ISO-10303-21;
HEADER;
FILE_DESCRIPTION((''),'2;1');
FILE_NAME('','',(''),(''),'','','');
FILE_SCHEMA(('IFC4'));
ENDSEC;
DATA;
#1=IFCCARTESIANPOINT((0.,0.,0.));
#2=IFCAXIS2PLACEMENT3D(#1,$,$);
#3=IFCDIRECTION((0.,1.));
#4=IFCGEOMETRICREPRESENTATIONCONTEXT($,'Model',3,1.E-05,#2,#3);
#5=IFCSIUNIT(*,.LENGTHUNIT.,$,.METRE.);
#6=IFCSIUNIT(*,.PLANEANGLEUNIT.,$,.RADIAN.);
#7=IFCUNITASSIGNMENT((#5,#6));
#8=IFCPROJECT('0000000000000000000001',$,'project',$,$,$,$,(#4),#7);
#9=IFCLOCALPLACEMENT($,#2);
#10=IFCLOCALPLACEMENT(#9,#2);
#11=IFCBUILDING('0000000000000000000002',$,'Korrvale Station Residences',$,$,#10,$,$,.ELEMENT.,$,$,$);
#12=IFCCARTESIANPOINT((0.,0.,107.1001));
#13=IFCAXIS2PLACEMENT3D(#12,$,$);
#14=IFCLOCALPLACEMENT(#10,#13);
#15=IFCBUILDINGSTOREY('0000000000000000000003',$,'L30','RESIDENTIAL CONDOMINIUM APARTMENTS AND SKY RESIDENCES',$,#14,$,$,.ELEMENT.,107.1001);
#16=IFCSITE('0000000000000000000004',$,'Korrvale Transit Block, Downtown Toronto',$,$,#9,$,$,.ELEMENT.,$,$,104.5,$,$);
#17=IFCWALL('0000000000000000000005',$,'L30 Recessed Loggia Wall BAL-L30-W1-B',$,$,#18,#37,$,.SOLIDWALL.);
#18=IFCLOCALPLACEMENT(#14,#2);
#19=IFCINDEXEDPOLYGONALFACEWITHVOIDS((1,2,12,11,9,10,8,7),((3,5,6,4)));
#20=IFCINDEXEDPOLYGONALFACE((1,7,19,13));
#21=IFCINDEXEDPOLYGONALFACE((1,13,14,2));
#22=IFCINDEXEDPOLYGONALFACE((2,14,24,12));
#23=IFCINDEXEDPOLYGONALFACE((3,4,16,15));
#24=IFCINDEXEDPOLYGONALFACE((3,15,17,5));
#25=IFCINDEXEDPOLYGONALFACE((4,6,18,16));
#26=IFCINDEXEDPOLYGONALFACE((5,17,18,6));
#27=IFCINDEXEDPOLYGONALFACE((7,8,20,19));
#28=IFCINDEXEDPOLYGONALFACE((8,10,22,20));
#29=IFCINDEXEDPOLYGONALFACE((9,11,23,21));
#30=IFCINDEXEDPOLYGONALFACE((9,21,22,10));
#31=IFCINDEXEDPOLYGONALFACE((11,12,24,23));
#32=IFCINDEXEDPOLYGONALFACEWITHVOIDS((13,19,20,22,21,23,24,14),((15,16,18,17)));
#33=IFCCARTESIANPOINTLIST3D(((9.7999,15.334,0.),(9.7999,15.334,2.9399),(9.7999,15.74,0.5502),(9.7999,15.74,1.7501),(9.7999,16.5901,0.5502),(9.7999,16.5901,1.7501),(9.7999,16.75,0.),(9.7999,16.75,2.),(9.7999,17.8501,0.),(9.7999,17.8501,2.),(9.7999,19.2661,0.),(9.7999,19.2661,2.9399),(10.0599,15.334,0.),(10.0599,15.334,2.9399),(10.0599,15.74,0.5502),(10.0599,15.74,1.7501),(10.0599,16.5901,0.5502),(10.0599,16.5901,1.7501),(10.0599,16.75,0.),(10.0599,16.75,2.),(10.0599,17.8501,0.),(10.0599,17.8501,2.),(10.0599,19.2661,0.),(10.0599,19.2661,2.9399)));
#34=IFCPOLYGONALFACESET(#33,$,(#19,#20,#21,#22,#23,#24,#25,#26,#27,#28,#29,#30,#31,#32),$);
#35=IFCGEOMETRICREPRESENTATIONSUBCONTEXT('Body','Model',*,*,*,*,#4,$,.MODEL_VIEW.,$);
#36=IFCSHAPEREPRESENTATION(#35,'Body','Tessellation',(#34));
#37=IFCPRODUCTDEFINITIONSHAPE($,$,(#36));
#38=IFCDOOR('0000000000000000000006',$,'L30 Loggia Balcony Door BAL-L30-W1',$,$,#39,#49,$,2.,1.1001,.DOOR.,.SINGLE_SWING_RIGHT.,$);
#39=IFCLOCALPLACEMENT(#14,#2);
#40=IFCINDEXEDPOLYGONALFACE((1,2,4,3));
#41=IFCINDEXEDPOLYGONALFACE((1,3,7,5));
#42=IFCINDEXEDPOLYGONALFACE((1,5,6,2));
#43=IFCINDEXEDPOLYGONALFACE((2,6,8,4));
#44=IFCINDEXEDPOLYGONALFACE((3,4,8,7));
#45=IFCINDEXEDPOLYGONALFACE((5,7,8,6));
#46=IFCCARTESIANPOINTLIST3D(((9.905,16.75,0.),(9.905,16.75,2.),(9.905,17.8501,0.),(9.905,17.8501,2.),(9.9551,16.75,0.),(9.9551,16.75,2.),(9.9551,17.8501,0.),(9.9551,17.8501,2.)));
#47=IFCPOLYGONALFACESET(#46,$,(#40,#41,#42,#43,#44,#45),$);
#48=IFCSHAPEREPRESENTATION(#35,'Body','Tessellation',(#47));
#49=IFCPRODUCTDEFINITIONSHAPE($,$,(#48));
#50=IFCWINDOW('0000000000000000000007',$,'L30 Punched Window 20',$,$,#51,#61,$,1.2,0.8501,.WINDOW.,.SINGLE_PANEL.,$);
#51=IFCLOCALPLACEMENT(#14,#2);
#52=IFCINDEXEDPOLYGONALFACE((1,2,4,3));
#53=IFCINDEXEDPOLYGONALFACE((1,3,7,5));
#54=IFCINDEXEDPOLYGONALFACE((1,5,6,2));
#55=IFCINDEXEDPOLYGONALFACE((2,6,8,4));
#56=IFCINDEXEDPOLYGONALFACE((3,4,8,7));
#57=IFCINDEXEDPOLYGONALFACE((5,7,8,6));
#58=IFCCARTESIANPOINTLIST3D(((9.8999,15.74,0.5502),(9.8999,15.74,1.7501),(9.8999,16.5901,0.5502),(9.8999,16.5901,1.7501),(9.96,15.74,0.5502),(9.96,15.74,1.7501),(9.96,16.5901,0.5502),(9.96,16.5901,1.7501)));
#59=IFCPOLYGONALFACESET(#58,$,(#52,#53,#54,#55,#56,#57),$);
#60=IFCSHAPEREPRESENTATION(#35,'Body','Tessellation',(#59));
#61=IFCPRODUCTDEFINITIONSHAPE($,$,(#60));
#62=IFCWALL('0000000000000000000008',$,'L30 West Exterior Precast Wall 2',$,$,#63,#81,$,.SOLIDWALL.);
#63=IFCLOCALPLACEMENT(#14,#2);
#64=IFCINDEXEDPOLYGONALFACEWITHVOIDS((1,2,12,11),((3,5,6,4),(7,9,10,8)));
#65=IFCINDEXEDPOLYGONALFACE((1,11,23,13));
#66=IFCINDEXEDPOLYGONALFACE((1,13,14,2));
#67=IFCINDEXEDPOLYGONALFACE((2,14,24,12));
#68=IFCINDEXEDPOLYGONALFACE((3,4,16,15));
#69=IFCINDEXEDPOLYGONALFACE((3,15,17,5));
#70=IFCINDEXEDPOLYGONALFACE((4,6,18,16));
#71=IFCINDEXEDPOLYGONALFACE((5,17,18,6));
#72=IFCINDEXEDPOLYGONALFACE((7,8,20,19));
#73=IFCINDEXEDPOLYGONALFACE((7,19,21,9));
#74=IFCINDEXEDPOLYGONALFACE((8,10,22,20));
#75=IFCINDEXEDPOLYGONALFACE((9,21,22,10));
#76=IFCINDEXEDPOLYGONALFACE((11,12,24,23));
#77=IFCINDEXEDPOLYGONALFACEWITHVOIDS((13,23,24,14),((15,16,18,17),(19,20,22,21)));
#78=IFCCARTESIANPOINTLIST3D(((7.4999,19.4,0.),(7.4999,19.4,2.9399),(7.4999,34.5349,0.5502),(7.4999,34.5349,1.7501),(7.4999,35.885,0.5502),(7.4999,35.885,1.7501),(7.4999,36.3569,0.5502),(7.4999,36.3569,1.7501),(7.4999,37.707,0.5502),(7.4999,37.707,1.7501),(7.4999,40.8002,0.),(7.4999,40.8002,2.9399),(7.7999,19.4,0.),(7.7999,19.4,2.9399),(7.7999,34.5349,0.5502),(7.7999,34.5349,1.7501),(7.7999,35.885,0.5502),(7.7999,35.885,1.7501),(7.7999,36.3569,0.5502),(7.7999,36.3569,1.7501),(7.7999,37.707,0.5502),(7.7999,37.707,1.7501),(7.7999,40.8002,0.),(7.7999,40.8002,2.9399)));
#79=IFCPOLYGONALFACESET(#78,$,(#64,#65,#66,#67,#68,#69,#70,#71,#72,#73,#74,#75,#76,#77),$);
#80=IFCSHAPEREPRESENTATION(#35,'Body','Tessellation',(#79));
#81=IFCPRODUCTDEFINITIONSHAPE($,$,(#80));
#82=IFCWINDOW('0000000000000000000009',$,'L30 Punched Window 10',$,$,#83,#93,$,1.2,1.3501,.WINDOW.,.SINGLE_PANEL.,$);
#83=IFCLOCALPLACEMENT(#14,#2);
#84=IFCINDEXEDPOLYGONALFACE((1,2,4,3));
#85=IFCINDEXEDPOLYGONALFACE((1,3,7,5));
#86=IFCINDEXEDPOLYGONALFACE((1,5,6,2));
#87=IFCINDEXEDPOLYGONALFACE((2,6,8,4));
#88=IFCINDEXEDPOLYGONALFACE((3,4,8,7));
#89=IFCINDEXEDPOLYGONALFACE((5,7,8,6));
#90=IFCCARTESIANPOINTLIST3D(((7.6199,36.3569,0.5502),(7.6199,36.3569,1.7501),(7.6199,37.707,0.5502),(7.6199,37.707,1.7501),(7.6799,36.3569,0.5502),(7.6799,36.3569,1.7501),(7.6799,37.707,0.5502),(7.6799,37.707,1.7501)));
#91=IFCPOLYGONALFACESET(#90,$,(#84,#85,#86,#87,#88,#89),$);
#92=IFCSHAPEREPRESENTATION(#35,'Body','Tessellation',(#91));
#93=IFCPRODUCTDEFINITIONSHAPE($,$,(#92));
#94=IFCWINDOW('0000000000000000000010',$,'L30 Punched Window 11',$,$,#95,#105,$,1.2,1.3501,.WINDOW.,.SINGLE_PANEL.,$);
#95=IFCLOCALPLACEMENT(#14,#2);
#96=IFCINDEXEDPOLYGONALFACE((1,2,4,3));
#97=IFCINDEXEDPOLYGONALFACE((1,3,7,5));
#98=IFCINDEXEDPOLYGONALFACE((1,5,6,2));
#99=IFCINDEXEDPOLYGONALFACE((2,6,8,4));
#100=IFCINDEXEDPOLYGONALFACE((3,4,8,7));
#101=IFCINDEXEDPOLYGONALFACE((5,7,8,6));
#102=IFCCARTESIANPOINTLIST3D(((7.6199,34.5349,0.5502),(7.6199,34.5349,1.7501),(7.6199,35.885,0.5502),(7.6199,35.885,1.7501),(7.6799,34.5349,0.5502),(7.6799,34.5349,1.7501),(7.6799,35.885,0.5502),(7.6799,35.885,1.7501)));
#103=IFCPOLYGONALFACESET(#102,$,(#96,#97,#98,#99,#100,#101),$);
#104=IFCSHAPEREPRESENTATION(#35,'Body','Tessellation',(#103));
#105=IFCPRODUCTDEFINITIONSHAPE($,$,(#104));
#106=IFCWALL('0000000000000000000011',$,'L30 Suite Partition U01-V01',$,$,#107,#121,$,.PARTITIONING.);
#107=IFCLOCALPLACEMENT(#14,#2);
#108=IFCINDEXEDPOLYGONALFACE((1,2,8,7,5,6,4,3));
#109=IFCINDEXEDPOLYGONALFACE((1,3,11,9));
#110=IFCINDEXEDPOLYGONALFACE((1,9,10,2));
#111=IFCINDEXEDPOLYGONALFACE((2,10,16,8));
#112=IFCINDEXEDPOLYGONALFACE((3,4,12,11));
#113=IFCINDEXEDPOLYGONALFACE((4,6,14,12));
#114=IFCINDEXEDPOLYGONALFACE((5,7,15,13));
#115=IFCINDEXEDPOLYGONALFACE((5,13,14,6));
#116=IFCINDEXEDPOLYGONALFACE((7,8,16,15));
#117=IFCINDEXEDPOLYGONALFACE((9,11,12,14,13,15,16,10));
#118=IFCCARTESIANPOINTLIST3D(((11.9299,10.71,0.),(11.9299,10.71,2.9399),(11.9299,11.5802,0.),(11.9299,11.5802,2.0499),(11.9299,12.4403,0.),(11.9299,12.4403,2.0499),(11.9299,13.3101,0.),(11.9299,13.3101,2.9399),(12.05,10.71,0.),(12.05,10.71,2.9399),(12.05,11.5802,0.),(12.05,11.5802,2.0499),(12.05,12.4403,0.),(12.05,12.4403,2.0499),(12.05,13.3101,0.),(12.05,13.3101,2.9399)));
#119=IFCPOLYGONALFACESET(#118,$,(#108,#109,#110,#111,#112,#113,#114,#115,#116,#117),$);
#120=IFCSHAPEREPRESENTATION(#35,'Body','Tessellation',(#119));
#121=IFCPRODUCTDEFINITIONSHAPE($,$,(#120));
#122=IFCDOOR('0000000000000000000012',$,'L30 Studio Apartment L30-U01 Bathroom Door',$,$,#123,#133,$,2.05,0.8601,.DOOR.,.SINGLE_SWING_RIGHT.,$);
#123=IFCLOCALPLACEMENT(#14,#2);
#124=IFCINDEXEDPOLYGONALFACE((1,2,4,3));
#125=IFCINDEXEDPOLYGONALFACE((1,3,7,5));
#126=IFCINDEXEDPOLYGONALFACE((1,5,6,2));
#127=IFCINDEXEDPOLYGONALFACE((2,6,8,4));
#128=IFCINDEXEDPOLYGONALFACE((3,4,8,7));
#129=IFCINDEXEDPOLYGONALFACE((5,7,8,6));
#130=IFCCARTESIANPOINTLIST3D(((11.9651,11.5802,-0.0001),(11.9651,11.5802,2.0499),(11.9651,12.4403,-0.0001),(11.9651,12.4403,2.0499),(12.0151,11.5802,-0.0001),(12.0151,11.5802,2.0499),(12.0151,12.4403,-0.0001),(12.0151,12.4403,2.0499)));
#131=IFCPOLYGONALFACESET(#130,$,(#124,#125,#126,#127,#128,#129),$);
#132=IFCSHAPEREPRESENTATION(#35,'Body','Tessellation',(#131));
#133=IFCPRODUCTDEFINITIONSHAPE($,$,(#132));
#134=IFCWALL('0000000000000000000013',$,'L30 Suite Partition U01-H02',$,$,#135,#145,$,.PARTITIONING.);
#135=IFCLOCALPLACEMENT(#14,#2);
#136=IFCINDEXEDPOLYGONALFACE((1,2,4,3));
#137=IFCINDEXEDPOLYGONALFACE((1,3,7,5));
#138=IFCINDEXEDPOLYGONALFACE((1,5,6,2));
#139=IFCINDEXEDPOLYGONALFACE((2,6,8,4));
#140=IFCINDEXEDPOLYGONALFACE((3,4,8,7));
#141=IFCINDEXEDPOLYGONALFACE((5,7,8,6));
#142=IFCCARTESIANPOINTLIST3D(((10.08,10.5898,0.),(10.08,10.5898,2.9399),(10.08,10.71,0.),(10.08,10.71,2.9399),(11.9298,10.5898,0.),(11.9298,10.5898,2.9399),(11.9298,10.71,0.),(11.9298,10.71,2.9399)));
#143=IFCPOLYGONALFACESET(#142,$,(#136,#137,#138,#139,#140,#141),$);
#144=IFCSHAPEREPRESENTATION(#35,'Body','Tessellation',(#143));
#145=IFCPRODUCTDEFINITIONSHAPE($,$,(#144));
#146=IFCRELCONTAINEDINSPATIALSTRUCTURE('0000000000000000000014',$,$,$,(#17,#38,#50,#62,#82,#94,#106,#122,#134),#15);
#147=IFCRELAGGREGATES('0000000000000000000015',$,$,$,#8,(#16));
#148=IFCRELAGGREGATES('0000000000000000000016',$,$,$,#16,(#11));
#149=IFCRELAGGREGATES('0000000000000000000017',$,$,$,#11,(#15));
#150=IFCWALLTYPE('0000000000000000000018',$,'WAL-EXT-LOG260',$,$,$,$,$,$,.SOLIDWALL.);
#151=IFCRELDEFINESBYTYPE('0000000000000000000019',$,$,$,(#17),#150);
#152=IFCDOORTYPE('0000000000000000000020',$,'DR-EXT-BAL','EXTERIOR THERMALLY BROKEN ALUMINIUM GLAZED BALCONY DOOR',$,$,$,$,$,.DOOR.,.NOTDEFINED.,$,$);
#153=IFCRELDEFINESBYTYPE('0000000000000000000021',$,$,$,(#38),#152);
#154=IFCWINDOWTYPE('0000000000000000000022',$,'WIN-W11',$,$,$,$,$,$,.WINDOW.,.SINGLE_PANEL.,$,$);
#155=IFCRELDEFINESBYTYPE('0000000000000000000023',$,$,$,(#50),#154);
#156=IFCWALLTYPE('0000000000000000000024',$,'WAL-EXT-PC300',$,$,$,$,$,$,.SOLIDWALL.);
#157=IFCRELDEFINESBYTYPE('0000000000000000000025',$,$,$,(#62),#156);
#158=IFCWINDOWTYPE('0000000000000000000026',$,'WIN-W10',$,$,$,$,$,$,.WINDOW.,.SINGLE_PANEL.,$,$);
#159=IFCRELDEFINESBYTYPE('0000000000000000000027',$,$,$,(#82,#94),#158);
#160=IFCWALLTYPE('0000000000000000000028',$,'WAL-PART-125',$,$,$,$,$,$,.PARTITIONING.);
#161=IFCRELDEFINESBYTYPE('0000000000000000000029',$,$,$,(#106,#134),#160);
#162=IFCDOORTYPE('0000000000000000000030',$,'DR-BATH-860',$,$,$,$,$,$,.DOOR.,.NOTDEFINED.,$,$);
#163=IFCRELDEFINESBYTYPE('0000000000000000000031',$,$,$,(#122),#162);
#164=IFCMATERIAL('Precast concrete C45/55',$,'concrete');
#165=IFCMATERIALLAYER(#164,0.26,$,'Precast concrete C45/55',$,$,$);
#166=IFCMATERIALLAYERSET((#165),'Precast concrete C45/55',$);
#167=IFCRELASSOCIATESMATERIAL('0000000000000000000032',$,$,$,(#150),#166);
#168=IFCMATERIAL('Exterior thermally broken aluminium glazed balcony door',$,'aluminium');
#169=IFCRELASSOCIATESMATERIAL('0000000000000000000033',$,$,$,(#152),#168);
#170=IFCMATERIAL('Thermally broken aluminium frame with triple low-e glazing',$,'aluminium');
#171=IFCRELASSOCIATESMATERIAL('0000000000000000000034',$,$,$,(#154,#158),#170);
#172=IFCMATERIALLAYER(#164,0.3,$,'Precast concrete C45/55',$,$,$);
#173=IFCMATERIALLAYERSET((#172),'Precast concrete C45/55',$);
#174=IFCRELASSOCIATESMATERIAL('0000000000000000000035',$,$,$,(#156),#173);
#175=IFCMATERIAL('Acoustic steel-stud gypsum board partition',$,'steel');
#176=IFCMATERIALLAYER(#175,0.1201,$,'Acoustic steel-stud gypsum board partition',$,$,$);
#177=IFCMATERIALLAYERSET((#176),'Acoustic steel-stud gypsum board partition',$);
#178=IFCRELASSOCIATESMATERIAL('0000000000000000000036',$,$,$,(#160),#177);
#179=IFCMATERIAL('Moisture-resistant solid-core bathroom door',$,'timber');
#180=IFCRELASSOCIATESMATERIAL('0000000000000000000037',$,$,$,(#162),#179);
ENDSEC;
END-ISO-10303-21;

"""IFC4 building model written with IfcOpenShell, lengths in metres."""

from ifc_helpers import new_model, si_unit, direction, frame, frame_2d, origin, place, context, subcontext, project, spatial, rectangle, extrude, material, layer, layer_set, type_object, element, fill, save


model = new_model("IFC4")

# Units and contexts
model_context = context("Model", 3, precision=1e-05, world=origin(), true_north=direction((0.0, 1.0)))
body_context = subcontext(model_context, "Body", "Model", "MODEL_VIEW")
ifc_project = project(units=[si_unit("LENGTHUNIT", "METRE"), si_unit("PLANEANGLEUNIT", "RADIAN")], contexts=[model_context])

# Site, building, storey
site_placement = place(None, origin())
site = spatial("IfcSite", under=ifc_project, at=site_placement, Name="Korrvale Transit Block, Downtown Toronto", CompositionType="ELEMENT", RefElevation=104.5)
building_placement = place(site_placement, origin())
building = spatial("IfcBuilding", under=site, at=building_placement, Name="Korrvale Station Residences", CompositionType="ELEMENT")
storey_placement = place(building_placement, frame((0.0, 0.0, 107.1001)))
storey = spatial("IfcBuildingStorey", under=building, at=storey_placement, Name="L30", Description="RESIDENTIAL CONDOMINIUM APARTMENTS AND SKY RESIDENCES", CompositionType="ELEMENT", Elevation=107.1001)

# Shared definitions
ifc_material_1 = material(Name="Precast concrete C45/55", Category="concrete")
ifc_layer_1 = layer(ifc_material_1, 0.26, Name="Precast concrete C45/55")
ifc_layer_set_1 = layer_set([ifc_layer_1], Name="Precast concrete C45/55")
wall_type_1 = type_object("IfcWallType", Name="WAL-EXT-LOG260", PredefinedType="SOLIDWALL", material=ifc_layer_set_1)

# Wall, openings, door, window
wall_1_placement = place(storey_placement, frame((9.9299, 15.334, 0.0), z_axis=(0.0, 0.0, 1.0), x_axis=(0.0, 1.0, 0.0)))
wall_1 = element("IfcWall", 1, at=wall_1_placement, inside=storey, type_object=wall_type_1, Name="L30 Recessed Loggia Wall BAL-L30-W1-B", PredefinedType="SOLIDWALL", context=body_context, shape_type="SweptSolid", body=[
    extrude(rectangle(XDim=3.9321, YDim=0.26, at=frame_2d((1.9661, 0.0))), origin(), (0.0, 0.0, 1.0), 2.9399),
])
opening_1_placement = place(wall_1_placement, frame((1.416, 0.0, 0.0)))
opening_1 = element("IfcOpeningElement", 2, at=opening_1_placement, cuts=wall_1, PredefinedType="OPENING", context=body_context, shape_type="SweptSolid", body=[
    extrude(rectangle(XDim=1.1001, YDim=2.0, at=frame_2d((0.55, 1.0))), frame((0.0, 0.1401, 0.0), z_axis=(0.0, -1.0, 0.0), x_axis=(1.0, 0.0, 0.0)), (0.0, 0.0, 1.0), 0.28),
])
opening_2_placement = place(wall_1_placement, frame((0.406, 0.0, 0.55)))
opening_2 = element("IfcOpeningElement", 3, at=opening_2_placement, cuts=wall_1, PredefinedType="OPENING", context=body_context, shape_type="SweptSolid", body=[
    extrude(rectangle(XDim=0.8501, YDim=1.2, at=frame_2d((0.425, 0.6001))), frame((0.0, 0.1401, 0.0), z_axis=(0.0, -1.0, 0.0), x_axis=(1.0, 0.0, 0.0)), (0.0, 0.0, 1.0), 0.28),
])
ifc_material_2 = material(Name="Exterior thermally broken aluminium glazed balcony door", Category="aluminium")
door_type_1 = type_object("IfcDoorType", Name="DR-EXT-BAL", Description="EXTERIOR THERMALLY BROKEN ALUMINIUM GLAZED BALCONY DOOR", OperationType="NOTDEFINED", PredefinedType="DOOR", material=ifc_material_2)
door_1_placement = place(opening_1_placement, origin())
door_1 = element("IfcDoor", 4, at=door_1_placement, inside=storey, type_object=door_type_1, Name="L30 Loggia Balcony Door BAL-L30-W1", OperationType="SINGLE_SWING_RIGHT", OverallHeight=2.0, OverallWidth=1.1001, PredefinedType="DOOR", context=body_context, shape_type="SweptSolid", body=[
    extrude(rectangle(XDim=1.1001, YDim=2.0, at=frame_2d((0.55, 1.0))), frame((0.0, 0.0249, 0.0), z_axis=(0.0, -1.0, 0.0), x_axis=(1.0, 0.0, 0.0)), (0.0, 0.0, 1.0), 0.05),
])
fill(opening_1, door_1)
ifc_material_3 = material(Name="Thermally broken aluminium frame with triple low-e glazing", Category="aluminium")
window_type_1 = type_object("IfcWindowType", Name="WIN-W11", PartitioningType="SINGLE_PANEL", PredefinedType="WINDOW", material=ifc_material_3)
window_1_placement = place(opening_2_placement, origin())
window_1 = element("IfcWindow", 5, at=window_1_placement, inside=storey, type_object=window_type_1, Name="L30 Punched Window 20", OverallHeight=1.2, OverallWidth=0.8501, PartitioningType="SINGLE_PANEL", PredefinedType="WINDOW", context=body_context, shape_type="SweptSolid", body=[
    extrude(rectangle(XDim=0.8501, YDim=1.2, at=frame_2d((0.425, 0.6001))), frame((0.0, 0.03, 0.0), z_axis=(0.0, -1.0, 0.0), x_axis=(1.0, 0.0, 0.0)), (0.0, 0.0, 1.0), 0.0601),
])
fill(opening_2, window_1)

# Wall, openings, windows
ifc_layer_2 = layer(ifc_material_1, 0.3, Name="Precast concrete C45/55")
ifc_layer_set_2 = layer_set([ifc_layer_2], Name="Precast concrete C45/55")
wall_type_2 = type_object("IfcWallType", Name="WAL-EXT-PC300", PredefinedType="SOLIDWALL", material=ifc_layer_set_2)
wall_2_placement = place(storey_placement, frame((7.6499, 19.3999, 0.0), z_axis=(0.0, 0.0, 1.0), x_axis=(0.0, 1.0, 0.0)))
wall_2 = element("IfcWall", 6, at=wall_2_placement, inside=storey, type_object=wall_type_2, Name="L30 West Exterior Precast Wall 2", PredefinedType="SOLIDWALL", context=body_context, shape_type="SweptSolid", body=[
    extrude(rectangle(XDim=21.4001, YDim=0.3, at=frame_2d((10.7002, 0.0))), origin(), (0.0, 0.0, 1.0), 2.9399),
])
opening_3_placement = place(wall_2_placement, frame((16.957, 0.0, 0.55)))
opening_3 = element("IfcOpeningElement", 7, at=opening_3_placement, cuts=wall_2, PredefinedType="OPENING", context=body_context, shape_type="SweptSolid", body=[
    extrude(rectangle(XDim=1.3501, YDim=1.2, at=frame_2d((0.675, 0.6001))), frame((0.0, 0.1602, 0.0), z_axis=(0.0, -1.0, 0.0), x_axis=(1.0, 0.0, 0.0)), (0.0, 0.0, 1.0), 0.3201),
])
opening_4_placement = place(wall_2_placement, frame((15.135, 0.0, 0.55)))
opening_4 = element("IfcOpeningElement", 8, at=opening_4_placement, cuts=wall_2, PredefinedType="OPENING", context=body_context, shape_type="SweptSolid", body=[
    extrude(rectangle(XDim=1.3501, YDim=1.2, at=frame_2d((0.675, 0.6001))), frame((0.0, 0.1602, 0.0), z_axis=(0.0, -1.0, 0.0), x_axis=(1.0, 0.0, 0.0)), (0.0, 0.0, 1.0), 0.3201),
])
window_type_2 = type_object("IfcWindowType", Name="WIN-W10", PartitioningType="SINGLE_PANEL", PredefinedType="WINDOW", material=ifc_material_3)
window_2_placement = place(opening_3_placement, origin())
window_2 = element("IfcWindow", 9, at=window_2_placement, inside=storey, type_object=window_type_2, Name="L30 Punched Window 10", OverallHeight=1.2, OverallWidth=1.3501, PartitioningType="SINGLE_PANEL", PredefinedType="WINDOW", context=body_context, shape_type="SweptSolid", body=[
    extrude(rectangle(XDim=1.3501, YDim=1.2, at=frame_2d((0.675, 0.6001))), frame((0.0, 0.03, 0.0), z_axis=(0.0, -1.0, 0.0), x_axis=(1.0, 0.0, 0.0)), (0.0, 0.0, 1.0), 0.0601),
])
fill(opening_3, window_2)
window_3_placement = place(opening_4_placement, origin())
window_3 = element("IfcWindow", 10, at=window_3_placement, inside=storey, type_object=window_type_2, Name="L30 Punched Window 11", OverallHeight=1.2, OverallWidth=1.3501, PartitioningType="SINGLE_PANEL", PredefinedType="WINDOW", context=body_context, shape_type="SweptSolid", body=[
    extrude(rectangle(XDim=1.3501, YDim=1.2, at=frame_2d((0.675, 0.6001))), frame((0.0, 0.03, 0.0), z_axis=(0.0, -1.0, 0.0), x_axis=(1.0, 0.0, 0.0)), (0.0, 0.0, 1.0), 0.0601),
])
fill(opening_4, window_3)

# Wall, opening, door
ifc_material_4 = material(Name="Acoustic steel-stud gypsum board partition", Category="steel")
ifc_layer_3 = layer(ifc_material_4, 0.1201, Name="Acoustic steel-stud gypsum board partition")
ifc_layer_set_3 = layer_set([ifc_layer_3], Name="Acoustic steel-stud gypsum board partition")
wall_type_3 = type_object("IfcWallType", Name="WAL-PART-125", PredefinedType="PARTITIONING", material=ifc_layer_set_3)
wall_3_placement = place(storey_placement, frame((11.99, 10.71, 0.0), z_axis=(0.0, 0.0, 1.0), x_axis=(0.0, 1.0, 0.0)))
wall_3 = element("IfcWall", 11, at=wall_3_placement, inside=storey, type_object=wall_type_3, Name="L30 Suite Partition U01-V01", PredefinedType="PARTITIONING", context=body_context, shape_type="SweptSolid", body=[
    extrude(rectangle(XDim=2.6001, YDim=0.1201, at=frame_2d((1.3, 0.0))), origin(), (0.0, 0.0, 1.0), 2.9399),
])
opening_5_placement = place(wall_3_placement, frame((0.8701, 0.0, 0.0)))
opening_5 = element("IfcOpeningElement", 12, at=opening_5_placement, cuts=wall_3, PredefinedType="OPENING", context=body_context, shape_type="SweptSolid", body=[
    extrude(rectangle(XDim=0.8601, YDim=2.05, at=frame_2d((0.4302, 1.0249))), frame((0.0, 0.0701, 0.0), z_axis=(0.0, -1.0, 0.0), x_axis=(1.0, 0.0, 0.0)), (0.0, 0.0, 1.0), 0.1401),
])
ifc_material_5 = material(Name="Moisture-resistant solid-core bathroom door", Category="timber")
door_type_2 = type_object("IfcDoorType", Name="DR-BATH-860", OperationType="NOTDEFINED", PredefinedType="DOOR", material=ifc_material_5)
door_2_placement = place(opening_5_placement, origin())
door_2 = element("IfcDoor", 13, at=door_2_placement, inside=storey, type_object=door_type_2, Name="L30 Studio Apartment L30-U01 Bathroom Door", OperationType="SINGLE_SWING_RIGHT", OverallHeight=2.05, OverallWidth=0.8601, PredefinedType="DOOR", context=body_context, shape_type="SweptSolid", body=[
    extrude(rectangle(XDim=0.8601, YDim=2.05, at=frame_2d((0.4302, 1.0249))), frame((0.0, 0.0249, 0.0), z_axis=(0.0, -1.0, 0.0), x_axis=(1.0, 0.0, 0.0)), (0.0, 0.0, 1.0), 0.05),
])
fill(opening_5, door_2)

# Wall
wall_4_placement = place(storey_placement, frame((10.0801, 10.6499, 0.0), z_axis=(0.0, 0.0, 1.0), x_axis=(1.0, 0.0, 0.0)))
element("IfcWall", 14, at=wall_4_placement, inside=storey, type_object=wall_type_3, Name="L30 Suite Partition U01-H02", PredefinedType="PARTITIONING", context=body_context, shape_type="SweptSolid", body=[
    extrude(rectangle(XDim=1.8499, YDim=0.1201, at=frame_2d((0.9248, 0.0))), origin(), (0.0, 0.0, 1.0), 2.9399),
])

save(model, "model.ifc")
